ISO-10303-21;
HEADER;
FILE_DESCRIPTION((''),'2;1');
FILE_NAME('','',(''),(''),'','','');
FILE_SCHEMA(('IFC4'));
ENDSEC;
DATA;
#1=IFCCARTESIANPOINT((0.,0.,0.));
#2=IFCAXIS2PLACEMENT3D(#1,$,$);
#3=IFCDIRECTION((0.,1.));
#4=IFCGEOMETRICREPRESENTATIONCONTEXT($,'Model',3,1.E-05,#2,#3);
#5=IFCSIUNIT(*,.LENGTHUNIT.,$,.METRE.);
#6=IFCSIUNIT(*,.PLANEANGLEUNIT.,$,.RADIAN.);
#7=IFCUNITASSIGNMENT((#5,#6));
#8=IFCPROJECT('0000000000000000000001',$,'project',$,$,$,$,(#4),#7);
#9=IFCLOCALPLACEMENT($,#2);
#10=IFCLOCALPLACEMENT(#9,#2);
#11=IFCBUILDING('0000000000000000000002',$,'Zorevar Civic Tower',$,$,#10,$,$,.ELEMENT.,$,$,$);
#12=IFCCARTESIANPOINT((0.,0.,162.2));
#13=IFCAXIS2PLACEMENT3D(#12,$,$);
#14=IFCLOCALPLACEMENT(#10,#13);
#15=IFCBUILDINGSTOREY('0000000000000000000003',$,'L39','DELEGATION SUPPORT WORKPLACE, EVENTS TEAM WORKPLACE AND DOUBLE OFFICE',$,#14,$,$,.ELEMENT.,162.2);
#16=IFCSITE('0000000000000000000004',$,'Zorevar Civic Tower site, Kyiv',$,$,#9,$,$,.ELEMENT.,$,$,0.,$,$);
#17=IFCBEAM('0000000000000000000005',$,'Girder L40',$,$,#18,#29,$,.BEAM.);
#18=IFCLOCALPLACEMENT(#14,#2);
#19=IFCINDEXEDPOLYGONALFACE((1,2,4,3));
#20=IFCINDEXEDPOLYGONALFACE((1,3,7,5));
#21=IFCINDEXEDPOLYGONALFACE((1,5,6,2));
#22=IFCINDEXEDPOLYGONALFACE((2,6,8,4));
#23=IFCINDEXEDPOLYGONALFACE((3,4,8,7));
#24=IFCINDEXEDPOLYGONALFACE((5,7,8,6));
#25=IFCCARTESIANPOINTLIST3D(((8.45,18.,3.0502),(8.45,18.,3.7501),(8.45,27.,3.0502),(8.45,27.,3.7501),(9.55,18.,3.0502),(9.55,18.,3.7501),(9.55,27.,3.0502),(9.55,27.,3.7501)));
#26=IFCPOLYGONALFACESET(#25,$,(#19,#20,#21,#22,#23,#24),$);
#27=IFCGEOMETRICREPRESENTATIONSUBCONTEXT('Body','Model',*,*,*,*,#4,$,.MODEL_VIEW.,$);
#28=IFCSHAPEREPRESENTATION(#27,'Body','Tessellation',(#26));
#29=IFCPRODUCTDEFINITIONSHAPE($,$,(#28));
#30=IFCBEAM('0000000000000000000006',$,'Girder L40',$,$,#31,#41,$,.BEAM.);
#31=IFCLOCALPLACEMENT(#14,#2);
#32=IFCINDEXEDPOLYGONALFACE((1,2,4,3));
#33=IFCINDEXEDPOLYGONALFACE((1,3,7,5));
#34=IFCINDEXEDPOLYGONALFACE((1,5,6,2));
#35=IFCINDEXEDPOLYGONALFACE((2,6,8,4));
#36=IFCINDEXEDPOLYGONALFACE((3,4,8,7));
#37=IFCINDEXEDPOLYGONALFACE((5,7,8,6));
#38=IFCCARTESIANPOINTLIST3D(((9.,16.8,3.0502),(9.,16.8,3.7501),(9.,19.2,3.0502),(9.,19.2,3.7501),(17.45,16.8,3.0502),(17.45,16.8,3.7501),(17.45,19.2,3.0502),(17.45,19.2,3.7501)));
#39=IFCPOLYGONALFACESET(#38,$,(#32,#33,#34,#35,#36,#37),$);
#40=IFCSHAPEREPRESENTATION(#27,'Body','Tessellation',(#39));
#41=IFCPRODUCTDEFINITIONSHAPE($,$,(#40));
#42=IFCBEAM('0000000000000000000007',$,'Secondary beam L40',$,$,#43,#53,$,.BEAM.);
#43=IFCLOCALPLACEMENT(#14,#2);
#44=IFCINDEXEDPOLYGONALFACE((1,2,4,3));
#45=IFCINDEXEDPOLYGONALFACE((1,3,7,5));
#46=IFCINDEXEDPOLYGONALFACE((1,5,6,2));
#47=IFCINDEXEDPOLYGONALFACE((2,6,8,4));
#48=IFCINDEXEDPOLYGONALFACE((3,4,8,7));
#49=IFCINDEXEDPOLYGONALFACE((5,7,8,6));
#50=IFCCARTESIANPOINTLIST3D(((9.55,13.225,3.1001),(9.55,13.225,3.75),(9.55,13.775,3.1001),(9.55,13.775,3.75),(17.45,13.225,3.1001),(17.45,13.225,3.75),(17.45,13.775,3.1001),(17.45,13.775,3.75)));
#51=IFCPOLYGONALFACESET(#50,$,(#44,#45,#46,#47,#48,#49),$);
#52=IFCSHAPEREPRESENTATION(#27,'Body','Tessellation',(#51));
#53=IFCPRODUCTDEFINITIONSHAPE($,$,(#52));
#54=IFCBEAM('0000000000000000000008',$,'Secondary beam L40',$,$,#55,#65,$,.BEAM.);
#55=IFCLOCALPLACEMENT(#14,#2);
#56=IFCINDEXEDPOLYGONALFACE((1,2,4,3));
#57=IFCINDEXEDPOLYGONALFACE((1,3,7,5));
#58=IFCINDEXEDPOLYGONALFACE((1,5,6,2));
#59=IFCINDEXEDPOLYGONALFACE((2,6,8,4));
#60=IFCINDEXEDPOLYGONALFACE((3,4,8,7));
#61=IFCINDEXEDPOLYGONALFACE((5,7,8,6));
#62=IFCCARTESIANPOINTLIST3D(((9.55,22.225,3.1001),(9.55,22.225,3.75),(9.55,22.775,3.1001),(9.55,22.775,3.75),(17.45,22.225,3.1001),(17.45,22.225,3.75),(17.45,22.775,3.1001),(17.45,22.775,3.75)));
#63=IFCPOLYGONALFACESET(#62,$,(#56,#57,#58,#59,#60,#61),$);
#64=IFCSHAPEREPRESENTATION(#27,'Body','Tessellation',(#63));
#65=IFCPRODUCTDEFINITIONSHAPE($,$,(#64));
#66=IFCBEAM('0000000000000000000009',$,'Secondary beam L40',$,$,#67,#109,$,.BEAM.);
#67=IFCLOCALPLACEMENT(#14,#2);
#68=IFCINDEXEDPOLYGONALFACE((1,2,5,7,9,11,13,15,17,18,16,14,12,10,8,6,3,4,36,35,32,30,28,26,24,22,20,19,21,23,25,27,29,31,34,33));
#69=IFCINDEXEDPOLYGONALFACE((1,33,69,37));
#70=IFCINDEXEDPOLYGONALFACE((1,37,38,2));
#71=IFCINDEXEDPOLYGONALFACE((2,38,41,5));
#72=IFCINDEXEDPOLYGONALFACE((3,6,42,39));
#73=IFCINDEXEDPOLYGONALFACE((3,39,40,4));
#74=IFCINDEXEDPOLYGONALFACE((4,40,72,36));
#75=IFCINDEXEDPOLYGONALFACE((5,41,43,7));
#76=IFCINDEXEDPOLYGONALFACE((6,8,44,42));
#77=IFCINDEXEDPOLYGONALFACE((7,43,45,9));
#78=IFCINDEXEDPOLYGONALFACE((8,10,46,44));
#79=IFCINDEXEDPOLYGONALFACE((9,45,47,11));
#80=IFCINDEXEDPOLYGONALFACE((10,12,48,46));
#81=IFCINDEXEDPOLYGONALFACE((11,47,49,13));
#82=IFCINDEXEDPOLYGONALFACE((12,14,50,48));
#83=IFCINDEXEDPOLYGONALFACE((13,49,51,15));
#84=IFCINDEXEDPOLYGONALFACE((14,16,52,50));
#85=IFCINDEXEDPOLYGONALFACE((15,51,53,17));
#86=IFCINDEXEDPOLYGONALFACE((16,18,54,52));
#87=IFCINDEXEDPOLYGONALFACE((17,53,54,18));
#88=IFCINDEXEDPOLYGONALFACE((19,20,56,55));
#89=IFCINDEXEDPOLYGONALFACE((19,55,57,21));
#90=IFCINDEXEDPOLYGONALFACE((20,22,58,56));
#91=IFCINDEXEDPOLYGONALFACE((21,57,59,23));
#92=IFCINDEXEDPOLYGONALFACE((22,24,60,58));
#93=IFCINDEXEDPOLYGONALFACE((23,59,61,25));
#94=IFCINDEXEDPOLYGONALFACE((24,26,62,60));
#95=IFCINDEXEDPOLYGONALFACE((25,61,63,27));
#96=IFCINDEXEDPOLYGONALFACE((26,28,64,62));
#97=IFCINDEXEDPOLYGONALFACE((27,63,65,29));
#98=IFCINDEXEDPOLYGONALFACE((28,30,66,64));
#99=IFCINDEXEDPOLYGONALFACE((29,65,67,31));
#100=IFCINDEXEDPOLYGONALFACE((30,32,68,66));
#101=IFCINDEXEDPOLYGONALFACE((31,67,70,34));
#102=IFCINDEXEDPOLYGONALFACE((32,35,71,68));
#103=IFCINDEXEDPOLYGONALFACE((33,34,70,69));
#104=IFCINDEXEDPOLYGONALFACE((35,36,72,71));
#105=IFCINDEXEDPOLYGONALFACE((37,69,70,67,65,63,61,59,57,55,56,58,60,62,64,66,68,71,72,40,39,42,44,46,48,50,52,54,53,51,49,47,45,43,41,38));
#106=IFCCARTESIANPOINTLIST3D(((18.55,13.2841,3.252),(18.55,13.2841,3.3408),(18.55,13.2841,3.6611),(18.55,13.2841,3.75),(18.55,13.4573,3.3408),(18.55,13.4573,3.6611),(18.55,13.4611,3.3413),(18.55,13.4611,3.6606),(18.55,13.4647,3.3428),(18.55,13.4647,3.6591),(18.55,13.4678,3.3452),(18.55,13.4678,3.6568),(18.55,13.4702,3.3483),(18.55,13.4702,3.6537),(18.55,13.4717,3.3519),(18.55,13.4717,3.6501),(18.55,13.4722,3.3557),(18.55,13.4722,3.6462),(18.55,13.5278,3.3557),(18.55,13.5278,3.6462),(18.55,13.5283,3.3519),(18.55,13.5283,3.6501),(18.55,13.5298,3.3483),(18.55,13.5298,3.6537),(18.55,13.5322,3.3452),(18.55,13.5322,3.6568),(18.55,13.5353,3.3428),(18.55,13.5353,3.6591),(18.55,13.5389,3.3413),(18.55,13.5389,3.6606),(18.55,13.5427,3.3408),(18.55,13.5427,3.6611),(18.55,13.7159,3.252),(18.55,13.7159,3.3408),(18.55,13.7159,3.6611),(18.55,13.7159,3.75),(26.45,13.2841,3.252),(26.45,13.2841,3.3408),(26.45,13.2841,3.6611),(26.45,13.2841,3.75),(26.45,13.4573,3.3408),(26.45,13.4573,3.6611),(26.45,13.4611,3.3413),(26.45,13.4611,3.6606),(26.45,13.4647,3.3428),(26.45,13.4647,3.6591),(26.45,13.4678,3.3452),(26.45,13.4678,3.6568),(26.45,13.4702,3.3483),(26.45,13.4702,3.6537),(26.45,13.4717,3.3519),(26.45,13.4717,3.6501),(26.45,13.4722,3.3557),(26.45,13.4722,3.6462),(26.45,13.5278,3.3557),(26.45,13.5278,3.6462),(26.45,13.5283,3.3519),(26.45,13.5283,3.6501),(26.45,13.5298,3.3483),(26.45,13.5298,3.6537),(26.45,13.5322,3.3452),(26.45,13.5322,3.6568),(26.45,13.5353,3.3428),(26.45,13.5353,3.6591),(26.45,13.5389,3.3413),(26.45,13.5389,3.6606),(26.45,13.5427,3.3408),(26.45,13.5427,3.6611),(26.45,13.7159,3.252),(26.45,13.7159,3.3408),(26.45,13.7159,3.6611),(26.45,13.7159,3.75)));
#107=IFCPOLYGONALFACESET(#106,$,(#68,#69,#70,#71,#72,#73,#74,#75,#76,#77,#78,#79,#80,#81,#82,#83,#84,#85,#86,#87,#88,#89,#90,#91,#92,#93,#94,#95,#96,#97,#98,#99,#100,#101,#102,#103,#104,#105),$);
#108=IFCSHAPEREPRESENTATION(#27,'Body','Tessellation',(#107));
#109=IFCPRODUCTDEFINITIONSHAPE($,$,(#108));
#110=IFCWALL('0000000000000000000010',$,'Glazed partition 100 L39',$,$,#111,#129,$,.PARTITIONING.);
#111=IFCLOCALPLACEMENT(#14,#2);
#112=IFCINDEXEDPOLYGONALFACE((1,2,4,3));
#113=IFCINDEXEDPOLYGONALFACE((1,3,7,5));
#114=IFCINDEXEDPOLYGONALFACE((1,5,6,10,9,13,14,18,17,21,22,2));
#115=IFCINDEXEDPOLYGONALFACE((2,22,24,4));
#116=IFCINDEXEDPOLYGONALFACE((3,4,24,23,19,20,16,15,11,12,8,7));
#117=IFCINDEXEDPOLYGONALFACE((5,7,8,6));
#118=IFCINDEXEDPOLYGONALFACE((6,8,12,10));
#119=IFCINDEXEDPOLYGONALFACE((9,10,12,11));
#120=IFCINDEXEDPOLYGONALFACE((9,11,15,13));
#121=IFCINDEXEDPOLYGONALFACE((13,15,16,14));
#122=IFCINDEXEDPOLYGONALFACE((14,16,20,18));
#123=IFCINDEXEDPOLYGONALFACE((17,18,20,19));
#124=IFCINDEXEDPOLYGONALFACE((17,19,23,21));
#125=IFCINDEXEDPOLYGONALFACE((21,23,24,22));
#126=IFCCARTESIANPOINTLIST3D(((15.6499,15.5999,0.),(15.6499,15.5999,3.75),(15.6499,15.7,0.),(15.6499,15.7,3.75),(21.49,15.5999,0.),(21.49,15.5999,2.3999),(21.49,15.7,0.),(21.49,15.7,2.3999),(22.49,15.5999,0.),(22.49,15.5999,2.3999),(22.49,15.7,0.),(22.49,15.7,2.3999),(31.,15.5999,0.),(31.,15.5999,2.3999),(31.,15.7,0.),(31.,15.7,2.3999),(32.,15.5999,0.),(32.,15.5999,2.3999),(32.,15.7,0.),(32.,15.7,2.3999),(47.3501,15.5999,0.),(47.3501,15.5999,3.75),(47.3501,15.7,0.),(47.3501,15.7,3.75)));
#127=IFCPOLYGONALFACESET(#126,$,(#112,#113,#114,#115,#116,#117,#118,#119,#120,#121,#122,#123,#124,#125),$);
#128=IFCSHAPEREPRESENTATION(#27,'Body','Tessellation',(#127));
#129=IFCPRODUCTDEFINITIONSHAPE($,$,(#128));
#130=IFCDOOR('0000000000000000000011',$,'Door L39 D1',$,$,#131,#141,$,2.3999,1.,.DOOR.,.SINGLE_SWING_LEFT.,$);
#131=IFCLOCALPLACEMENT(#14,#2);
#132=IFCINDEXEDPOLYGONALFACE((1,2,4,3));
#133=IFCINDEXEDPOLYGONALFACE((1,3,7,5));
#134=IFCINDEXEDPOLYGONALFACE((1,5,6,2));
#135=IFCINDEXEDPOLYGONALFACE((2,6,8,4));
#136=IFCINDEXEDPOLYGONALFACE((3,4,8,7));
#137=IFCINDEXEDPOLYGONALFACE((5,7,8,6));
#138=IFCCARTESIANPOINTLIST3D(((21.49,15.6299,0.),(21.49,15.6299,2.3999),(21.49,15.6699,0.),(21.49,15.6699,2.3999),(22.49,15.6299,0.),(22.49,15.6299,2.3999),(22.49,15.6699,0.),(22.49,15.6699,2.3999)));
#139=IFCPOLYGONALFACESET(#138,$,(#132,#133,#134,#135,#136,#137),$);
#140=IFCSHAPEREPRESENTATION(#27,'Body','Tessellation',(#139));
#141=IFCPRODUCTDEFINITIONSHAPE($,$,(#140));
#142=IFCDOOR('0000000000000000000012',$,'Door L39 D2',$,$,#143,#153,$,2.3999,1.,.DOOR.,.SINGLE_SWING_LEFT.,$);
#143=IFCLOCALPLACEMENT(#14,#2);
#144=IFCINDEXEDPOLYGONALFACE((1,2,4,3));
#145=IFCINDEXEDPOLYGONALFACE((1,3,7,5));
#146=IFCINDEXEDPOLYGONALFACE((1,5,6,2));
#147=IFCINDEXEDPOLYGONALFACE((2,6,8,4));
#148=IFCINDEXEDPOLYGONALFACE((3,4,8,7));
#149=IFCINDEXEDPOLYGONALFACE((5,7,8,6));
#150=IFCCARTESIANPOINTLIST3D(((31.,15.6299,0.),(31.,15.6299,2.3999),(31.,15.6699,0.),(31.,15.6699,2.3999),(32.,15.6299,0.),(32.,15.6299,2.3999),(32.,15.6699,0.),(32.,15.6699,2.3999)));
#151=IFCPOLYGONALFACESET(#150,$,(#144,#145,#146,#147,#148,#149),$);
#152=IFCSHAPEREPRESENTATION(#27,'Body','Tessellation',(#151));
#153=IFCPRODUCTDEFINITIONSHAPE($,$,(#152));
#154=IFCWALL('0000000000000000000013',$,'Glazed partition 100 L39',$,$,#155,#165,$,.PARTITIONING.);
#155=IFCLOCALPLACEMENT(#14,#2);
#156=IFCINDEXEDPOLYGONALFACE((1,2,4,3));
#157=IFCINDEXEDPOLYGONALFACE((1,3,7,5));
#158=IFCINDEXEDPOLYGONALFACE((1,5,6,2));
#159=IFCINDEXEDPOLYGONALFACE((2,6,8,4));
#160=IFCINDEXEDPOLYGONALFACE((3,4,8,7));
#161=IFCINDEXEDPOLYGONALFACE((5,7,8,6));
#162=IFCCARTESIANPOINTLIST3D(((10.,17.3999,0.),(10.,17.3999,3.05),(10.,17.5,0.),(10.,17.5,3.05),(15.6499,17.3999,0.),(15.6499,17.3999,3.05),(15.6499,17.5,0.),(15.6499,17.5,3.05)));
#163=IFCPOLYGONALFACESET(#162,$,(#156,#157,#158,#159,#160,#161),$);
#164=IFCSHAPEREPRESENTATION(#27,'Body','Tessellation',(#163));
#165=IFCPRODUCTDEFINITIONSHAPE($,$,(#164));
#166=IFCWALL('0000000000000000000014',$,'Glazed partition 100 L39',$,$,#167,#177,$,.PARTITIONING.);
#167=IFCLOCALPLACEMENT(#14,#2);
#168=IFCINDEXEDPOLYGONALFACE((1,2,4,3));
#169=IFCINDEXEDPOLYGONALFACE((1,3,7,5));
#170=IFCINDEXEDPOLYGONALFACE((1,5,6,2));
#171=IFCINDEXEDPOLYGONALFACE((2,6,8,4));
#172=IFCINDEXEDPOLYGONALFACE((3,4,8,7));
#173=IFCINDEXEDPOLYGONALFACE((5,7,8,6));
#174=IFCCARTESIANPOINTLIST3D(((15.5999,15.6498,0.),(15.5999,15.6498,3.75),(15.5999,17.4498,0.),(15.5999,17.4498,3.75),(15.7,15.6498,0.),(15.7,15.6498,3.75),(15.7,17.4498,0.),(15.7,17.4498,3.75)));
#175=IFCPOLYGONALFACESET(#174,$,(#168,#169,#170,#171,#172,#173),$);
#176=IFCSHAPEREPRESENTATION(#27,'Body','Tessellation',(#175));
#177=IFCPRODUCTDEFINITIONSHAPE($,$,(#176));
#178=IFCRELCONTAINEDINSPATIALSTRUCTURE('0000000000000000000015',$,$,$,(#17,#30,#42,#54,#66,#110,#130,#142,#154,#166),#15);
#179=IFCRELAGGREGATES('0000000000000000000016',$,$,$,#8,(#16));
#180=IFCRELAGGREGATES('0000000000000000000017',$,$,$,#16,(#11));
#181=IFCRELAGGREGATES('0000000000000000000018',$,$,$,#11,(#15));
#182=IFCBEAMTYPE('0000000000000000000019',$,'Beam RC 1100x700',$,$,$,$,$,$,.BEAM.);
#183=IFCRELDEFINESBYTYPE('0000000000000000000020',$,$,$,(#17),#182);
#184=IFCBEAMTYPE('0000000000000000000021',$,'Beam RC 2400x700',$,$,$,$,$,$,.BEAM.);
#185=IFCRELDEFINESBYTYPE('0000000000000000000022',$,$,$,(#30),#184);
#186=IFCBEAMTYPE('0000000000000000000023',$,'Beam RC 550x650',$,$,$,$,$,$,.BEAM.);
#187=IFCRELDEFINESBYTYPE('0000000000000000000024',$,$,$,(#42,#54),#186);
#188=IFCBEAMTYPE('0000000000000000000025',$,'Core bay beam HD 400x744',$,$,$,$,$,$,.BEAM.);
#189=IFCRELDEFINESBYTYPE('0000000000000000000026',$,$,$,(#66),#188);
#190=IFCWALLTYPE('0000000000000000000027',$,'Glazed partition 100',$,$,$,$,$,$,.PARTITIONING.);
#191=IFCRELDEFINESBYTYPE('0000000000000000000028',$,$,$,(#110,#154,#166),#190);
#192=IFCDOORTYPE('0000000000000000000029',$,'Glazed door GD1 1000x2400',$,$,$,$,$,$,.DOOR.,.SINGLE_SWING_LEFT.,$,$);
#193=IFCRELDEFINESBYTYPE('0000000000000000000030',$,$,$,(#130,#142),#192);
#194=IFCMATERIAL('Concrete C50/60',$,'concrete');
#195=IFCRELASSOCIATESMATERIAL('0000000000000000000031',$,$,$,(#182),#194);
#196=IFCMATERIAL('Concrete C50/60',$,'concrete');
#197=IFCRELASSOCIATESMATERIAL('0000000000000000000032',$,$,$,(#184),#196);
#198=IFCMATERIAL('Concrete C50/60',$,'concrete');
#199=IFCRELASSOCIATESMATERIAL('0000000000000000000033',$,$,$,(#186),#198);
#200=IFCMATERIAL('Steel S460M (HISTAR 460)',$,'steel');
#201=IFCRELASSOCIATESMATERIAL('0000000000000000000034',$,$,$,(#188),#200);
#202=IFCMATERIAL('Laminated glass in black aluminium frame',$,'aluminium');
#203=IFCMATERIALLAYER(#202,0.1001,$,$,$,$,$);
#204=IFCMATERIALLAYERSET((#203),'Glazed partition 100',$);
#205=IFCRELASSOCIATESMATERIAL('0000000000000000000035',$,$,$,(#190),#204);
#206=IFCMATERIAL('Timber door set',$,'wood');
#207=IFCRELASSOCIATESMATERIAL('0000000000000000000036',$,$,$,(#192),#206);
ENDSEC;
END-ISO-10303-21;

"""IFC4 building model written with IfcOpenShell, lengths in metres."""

from ifc_helpers import new_model, si_unit, direction, frame, frame_2d, origin, origin_2d, place, context, subcontext, project, spatial, rectangle, i_section, extrude, material, layer, layer_set, material_profile, profile_set, type_object, element, fill, save


model = new_model("IFC4")

# Units and contexts
model_context = context("Model", 3, precision=1e-05, world=origin(), true_north=direction((0.0, 1.0)))
body_context = subcontext(model_context, "Body", "Model", "MODEL_VIEW")
ifc_project = project(units=[si_unit("LENGTHUNIT", "METRE"), si_unit("PLANEANGLEUNIT", "RADIAN")], contexts=[model_context])

# Site, building, storey
site_placement = place(None, origin())
site = spatial("IfcSite", under=ifc_project, at=site_placement, Name="Zorevar Civic Tower site, Kyiv", CompositionType="ELEMENT", RefElevation=0.0)
building_placement = place(site_placement, origin())
building = spatial("IfcBuilding", under=site, at=building_placement, Name="Zorevar Civic Tower", CompositionType="ELEMENT")
storey_placement = place(building_placement, frame((0.0, 0.0, 162.2)))
storey = spatial("IfcBuildingStorey", under=building, at=storey_placement, Name="L39", Description="DELEGATION SUPPORT WORKPLACE, EVENTS TEAM WORKPLACE AND DOUBLE OFFICE", CompositionType="ELEMENT", Elevation=162.2)

# Beams
ifc_material_1 = material(Name="Concrete C50/60", Category="concrete")
ifc_material_profile_1 = material_profile(ifc_material_1, rectangle(XDim=1.1001, YDim=0.7, at=origin_2d()), Name="RC 1100x700")
ifc_profile_set_1 = profile_set([ifc_material_profile_1], Name="Concrete C50/60")
beam_type_1 = type_object("IfcBeamType", Name="Beam RC 1100x700", PredefinedType="BEAM", material=ifc_profile_set_1)
beam_1_placement = place(storey_placement, frame((9.0, 18.0, 3.4001), z_axis=(0.0, 1.0, 0.0), x_axis=(-1.0, 0.0, 0.0)))
element("IfcBeam", 1, at=beam_1_placement, inside=storey, type_object=beam_type_1, Name="Girder L40", PredefinedType="BEAM", context=body_context, shape_type="SweptSolid", body=[
    extrude(rectangle(XDim=1.1001, YDim=0.7, at=origin_2d()), origin(), (0.0, 0.0, 1.0), 9.0),
])
ifc_material_2 = material(Name="Concrete C50/60", Category="concrete")
ifc_material_profile_2 = material_profile(ifc_material_2, rectangle(XDim=2.3999, YDim=0.7, at=origin_2d()), Name="RC 2400x700")
ifc_profile_set_2 = profile_set([ifc_material_profile_2], Name="Concrete C50/60")
beam_type_2 = type_object("IfcBeamType", Name="Beam RC 2400x700", PredefinedType="BEAM", material=ifc_profile_set_2)
beam_2_placement = place(storey_placement, frame((9.0, 18.0, 3.4001), z_axis=(1.0, 0.0, 0.0), x_axis=(0.0, 1.0, 0.0)))
element("IfcBeam", 2, at=beam_2_placement, inside=storey, type_object=beam_type_2, Name="Girder L40", PredefinedType="BEAM", context=body_context, shape_type="SweptSolid", body=[
    extrude(rectangle(XDim=2.3999, YDim=0.7, at=origin_2d()), origin(), (0.0, 0.0, 1.0), 8.45),
])
ifc_material_3 = material(Name="Concrete C50/60", Category="concrete")
ifc_material_profile_3 = material_profile(ifc_material_3, rectangle(XDim=0.55, YDim=0.6499, at=origin_2d()), Name="RC 550x650")
ifc_profile_set_3 = profile_set([ifc_material_profile_3], Name="Concrete C50/60")
beam_type_3 = type_object("IfcBeamType", Name="Beam RC 550x650", PredefinedType="BEAM", material=ifc_profile_set_3)
for number, where, z_axis, x_axis, name in (
    (3, (9.55, 13.5, 3.425), (1.0, 0.0, 0.0), (0.0, 1.0, 0.0), "Secondary beam L40"),
    (4, (9.55, 22.5, 3.425), (1.0, 0.0, 0.0), (0.0, 1.0, 0.0), "Secondary beam L40"),
):
    element("IfcBeam", number, at=place(storey_placement, frame(where, z_axis=z_axis, x_axis=x_axis)), inside=storey, type_object=beam_type_3, Name=name, PredefinedType="BEAM", context=body_context, shape_type="SweptSolid", body=[
        extrude(rectangle(XDim=0.55, YDim=0.6499, at=origin_2d()), origin(), (0.0, 0.0, 1.0), 7.8999),
    ])
ifc_material_4 = material(Name="Steel S460M (HISTAR 460)", Category="steel")
ifc_material_profile_4 = material_profile(ifc_material_4, i_section(OverallWidth=0.4319, OverallDepth=0.498, WebThickness=0.0557, FlangeThickness=0.0889, FilletRadius=0.0149, at=origin_2d()), Name="HD 400x744")
ifc_profile_set_4 = profile_set([ifc_material_profile_4], Name="Steel S460M (HISTAR 460)")
beam_type_4 = type_object("IfcBeamType", Name="Core bay beam HD 400x744", PredefinedType="BEAM", material=ifc_profile_set_4)
beam_3_placement = place(storey_placement, frame((18.55, 13.5, 3.501), z_axis=(1.0, 0.0, 0.0), x_axis=(0.0, 1.0, 0.0)))
element("IfcBeam", 5, at=beam_3_placement, inside=storey, type_object=beam_type_4, Name="Secondary beam L40", PredefinedType="BEAM", context=body_context, shape_type="SweptSolid", body=[
    extrude(i_section(OverallWidth=0.4319, OverallDepth=0.498, WebThickness=0.0557, FlangeThickness=0.0889, FilletRadius=0.0149, at=origin_2d()), origin(), (0.0, 0.0, 1.0), 7.8999),
])

# Wall, openings, doors
ifc_material_5 = material(Name="Laminated glass in black aluminium frame", Category="aluminium")
ifc_layer_1 = layer(ifc_material_5, 0.1001)
ifc_layer_set_1 = layer_set([ifc_layer_1], Name="Glazed partition 100")
wall_type_1 = type_object("IfcWallType", Name="Glazed partition 100", PredefinedType="PARTITIONING", material=ifc_layer_set_1)
wall_1_placement = place(storey_placement, frame((15.6499, 15.6499, 0.0), z_axis=(0.0, 0.0, 1.0), x_axis=(1.0, 0.0, 0.0)))
wall_1 = element("IfcWall", 6, at=wall_1_placement, inside=storey, type_object=wall_type_1, Name="Glazed partition 100 L39", PredefinedType="PARTITIONING", context=body_context, shape_type="SweptSolid", body=[
    extrude(rectangle(XDim=31.7002, YDim=0.1001, at=frame_2d((15.8501, 0.0))), origin(), (0.0, 0.0, 1.0), 3.75),
])
opening_1_placement = place(wall_1_placement, frame((5.8401, 0.0, 0.0)))
opening_1 = element("IfcOpeningElement", 7, at=opening_1_placement, cuts=wall_1, PredefinedType="OPENING", context=body_context, shape_type="SweptSolid", body=[
    extrude(rectangle(XDim=1.0, YDim=2.3999, at=frame_2d((0.5, 1.2))), frame((0.0, 0.0601, 0.0), z_axis=(0.0, -1.0, 0.0), x_axis=(1.0, 0.0, 0.0)), (0.0, 0.0, 1.0), 0.1201),
])
opening_2_placement = place(wall_1_placement, frame((15.3501, 0.0, 0.0)))
opening_2 = element("IfcOpeningElement", 8, at=opening_2_placement, cuts=wall_1, PredefinedType="OPENING", context=body_context, shape_type="SweptSolid", body=[
    extrude(rectangle(XDim=1.0, YDim=2.3999, at=frame_2d((0.5, 1.2))), frame((0.0, 0.0601, 0.0), z_axis=(0.0, -1.0, 0.0), x_axis=(1.0, 0.0, 0.0)), (0.0, 0.0, 1.0), 0.1201),
])
ifc_material_6 = material(Name="Timber door set", Category="wood")
door_type_1 = type_object("IfcDoorType", Name="Glazed door GD1 1000x2400", OperationType="SINGLE_SWING_LEFT", PredefinedType="DOOR", material=ifc_material_6)
door_1_placement = place(opening_1_placement, origin())
door_1 = element("IfcDoor", 9, at=door_1_placement, inside=storey, type_object=door_type_1, Name="Door L39 D1", OperationType="SINGLE_SWING_LEFT", OverallHeight=2.3999, OverallWidth=1.0, PredefinedType="DOOR", context=body_context, shape_type="SweptSolid", body=[
    extrude(rectangle(XDim=1.0, YDim=2.3999, at=frame_2d((0.5, 1.2))), frame((0.0, 0.02, 0.0), z_axis=(0.0, -1.0, 0.0), x_axis=(1.0, 0.0, 0.0)), (0.0, 0.0, 1.0), 0.04),
])
fill(opening_1, door_1)
door_2_placement = place(opening_2_placement, origin())
door_2 = element("IfcDoor", 10, at=door_2_placement, inside=storey, type_object=door_type_1, Name="Door L39 D2", OperationType="SINGLE_SWING_LEFT", OverallHeight=2.3999, OverallWidth=1.0, PredefinedType="DOOR", context=body_context, shape_type="SweptSolid", body=[
    extrude(rectangle(XDim=1.0, YDim=2.3999, at=frame_2d((0.5, 1.2))), frame((0.0, 0.02, 0.0), z_axis=(0.0, -1.0, 0.0), x_axis=(1.0, 0.0, 0.0)), (0.0, 0.0, 1.0), 0.04),
])
fill(opening_2, door_2)

# Walls
wall_2_placement = place(storey_placement, frame((10.0, 17.45, 0.0), z_axis=(0.0, 0.0, 1.0), x_axis=(1.0, 0.0, 0.0)))
element("IfcWall", 11, at=wall_2_placement, inside=storey, type_object=wall_type_1, Name="Glazed partition 100 L39", PredefinedType="PARTITIONING", context=body_context, shape_type="SweptSolid", body=[
    extrude(rectangle(XDim=5.6499, YDim=0.1001, at=frame_2d((2.825, 0.0))), origin(), (0.0, 0.0, 1.0), 3.05),
])
wall_3_placement = place(storey_placement, frame((15.6499, 15.6499, 0.0), z_axis=(0.0, 0.0, 1.0), x_axis=(0.0, 1.0, 0.0)))
element("IfcWall", 12, at=wall_3_placement, inside=storey, type_object=wall_type_1, Name="Glazed partition 100 L39", PredefinedType="PARTITIONING", context=body_context, shape_type="SweptSolid", body=[
    extrude(rectangle(XDim=1.8, YDim=0.1001, at=frame_2d((0.8999, 0.0))), origin(), (0.0, 0.0, 1.0), 3.75),
])

save(model, "model.ifc")
